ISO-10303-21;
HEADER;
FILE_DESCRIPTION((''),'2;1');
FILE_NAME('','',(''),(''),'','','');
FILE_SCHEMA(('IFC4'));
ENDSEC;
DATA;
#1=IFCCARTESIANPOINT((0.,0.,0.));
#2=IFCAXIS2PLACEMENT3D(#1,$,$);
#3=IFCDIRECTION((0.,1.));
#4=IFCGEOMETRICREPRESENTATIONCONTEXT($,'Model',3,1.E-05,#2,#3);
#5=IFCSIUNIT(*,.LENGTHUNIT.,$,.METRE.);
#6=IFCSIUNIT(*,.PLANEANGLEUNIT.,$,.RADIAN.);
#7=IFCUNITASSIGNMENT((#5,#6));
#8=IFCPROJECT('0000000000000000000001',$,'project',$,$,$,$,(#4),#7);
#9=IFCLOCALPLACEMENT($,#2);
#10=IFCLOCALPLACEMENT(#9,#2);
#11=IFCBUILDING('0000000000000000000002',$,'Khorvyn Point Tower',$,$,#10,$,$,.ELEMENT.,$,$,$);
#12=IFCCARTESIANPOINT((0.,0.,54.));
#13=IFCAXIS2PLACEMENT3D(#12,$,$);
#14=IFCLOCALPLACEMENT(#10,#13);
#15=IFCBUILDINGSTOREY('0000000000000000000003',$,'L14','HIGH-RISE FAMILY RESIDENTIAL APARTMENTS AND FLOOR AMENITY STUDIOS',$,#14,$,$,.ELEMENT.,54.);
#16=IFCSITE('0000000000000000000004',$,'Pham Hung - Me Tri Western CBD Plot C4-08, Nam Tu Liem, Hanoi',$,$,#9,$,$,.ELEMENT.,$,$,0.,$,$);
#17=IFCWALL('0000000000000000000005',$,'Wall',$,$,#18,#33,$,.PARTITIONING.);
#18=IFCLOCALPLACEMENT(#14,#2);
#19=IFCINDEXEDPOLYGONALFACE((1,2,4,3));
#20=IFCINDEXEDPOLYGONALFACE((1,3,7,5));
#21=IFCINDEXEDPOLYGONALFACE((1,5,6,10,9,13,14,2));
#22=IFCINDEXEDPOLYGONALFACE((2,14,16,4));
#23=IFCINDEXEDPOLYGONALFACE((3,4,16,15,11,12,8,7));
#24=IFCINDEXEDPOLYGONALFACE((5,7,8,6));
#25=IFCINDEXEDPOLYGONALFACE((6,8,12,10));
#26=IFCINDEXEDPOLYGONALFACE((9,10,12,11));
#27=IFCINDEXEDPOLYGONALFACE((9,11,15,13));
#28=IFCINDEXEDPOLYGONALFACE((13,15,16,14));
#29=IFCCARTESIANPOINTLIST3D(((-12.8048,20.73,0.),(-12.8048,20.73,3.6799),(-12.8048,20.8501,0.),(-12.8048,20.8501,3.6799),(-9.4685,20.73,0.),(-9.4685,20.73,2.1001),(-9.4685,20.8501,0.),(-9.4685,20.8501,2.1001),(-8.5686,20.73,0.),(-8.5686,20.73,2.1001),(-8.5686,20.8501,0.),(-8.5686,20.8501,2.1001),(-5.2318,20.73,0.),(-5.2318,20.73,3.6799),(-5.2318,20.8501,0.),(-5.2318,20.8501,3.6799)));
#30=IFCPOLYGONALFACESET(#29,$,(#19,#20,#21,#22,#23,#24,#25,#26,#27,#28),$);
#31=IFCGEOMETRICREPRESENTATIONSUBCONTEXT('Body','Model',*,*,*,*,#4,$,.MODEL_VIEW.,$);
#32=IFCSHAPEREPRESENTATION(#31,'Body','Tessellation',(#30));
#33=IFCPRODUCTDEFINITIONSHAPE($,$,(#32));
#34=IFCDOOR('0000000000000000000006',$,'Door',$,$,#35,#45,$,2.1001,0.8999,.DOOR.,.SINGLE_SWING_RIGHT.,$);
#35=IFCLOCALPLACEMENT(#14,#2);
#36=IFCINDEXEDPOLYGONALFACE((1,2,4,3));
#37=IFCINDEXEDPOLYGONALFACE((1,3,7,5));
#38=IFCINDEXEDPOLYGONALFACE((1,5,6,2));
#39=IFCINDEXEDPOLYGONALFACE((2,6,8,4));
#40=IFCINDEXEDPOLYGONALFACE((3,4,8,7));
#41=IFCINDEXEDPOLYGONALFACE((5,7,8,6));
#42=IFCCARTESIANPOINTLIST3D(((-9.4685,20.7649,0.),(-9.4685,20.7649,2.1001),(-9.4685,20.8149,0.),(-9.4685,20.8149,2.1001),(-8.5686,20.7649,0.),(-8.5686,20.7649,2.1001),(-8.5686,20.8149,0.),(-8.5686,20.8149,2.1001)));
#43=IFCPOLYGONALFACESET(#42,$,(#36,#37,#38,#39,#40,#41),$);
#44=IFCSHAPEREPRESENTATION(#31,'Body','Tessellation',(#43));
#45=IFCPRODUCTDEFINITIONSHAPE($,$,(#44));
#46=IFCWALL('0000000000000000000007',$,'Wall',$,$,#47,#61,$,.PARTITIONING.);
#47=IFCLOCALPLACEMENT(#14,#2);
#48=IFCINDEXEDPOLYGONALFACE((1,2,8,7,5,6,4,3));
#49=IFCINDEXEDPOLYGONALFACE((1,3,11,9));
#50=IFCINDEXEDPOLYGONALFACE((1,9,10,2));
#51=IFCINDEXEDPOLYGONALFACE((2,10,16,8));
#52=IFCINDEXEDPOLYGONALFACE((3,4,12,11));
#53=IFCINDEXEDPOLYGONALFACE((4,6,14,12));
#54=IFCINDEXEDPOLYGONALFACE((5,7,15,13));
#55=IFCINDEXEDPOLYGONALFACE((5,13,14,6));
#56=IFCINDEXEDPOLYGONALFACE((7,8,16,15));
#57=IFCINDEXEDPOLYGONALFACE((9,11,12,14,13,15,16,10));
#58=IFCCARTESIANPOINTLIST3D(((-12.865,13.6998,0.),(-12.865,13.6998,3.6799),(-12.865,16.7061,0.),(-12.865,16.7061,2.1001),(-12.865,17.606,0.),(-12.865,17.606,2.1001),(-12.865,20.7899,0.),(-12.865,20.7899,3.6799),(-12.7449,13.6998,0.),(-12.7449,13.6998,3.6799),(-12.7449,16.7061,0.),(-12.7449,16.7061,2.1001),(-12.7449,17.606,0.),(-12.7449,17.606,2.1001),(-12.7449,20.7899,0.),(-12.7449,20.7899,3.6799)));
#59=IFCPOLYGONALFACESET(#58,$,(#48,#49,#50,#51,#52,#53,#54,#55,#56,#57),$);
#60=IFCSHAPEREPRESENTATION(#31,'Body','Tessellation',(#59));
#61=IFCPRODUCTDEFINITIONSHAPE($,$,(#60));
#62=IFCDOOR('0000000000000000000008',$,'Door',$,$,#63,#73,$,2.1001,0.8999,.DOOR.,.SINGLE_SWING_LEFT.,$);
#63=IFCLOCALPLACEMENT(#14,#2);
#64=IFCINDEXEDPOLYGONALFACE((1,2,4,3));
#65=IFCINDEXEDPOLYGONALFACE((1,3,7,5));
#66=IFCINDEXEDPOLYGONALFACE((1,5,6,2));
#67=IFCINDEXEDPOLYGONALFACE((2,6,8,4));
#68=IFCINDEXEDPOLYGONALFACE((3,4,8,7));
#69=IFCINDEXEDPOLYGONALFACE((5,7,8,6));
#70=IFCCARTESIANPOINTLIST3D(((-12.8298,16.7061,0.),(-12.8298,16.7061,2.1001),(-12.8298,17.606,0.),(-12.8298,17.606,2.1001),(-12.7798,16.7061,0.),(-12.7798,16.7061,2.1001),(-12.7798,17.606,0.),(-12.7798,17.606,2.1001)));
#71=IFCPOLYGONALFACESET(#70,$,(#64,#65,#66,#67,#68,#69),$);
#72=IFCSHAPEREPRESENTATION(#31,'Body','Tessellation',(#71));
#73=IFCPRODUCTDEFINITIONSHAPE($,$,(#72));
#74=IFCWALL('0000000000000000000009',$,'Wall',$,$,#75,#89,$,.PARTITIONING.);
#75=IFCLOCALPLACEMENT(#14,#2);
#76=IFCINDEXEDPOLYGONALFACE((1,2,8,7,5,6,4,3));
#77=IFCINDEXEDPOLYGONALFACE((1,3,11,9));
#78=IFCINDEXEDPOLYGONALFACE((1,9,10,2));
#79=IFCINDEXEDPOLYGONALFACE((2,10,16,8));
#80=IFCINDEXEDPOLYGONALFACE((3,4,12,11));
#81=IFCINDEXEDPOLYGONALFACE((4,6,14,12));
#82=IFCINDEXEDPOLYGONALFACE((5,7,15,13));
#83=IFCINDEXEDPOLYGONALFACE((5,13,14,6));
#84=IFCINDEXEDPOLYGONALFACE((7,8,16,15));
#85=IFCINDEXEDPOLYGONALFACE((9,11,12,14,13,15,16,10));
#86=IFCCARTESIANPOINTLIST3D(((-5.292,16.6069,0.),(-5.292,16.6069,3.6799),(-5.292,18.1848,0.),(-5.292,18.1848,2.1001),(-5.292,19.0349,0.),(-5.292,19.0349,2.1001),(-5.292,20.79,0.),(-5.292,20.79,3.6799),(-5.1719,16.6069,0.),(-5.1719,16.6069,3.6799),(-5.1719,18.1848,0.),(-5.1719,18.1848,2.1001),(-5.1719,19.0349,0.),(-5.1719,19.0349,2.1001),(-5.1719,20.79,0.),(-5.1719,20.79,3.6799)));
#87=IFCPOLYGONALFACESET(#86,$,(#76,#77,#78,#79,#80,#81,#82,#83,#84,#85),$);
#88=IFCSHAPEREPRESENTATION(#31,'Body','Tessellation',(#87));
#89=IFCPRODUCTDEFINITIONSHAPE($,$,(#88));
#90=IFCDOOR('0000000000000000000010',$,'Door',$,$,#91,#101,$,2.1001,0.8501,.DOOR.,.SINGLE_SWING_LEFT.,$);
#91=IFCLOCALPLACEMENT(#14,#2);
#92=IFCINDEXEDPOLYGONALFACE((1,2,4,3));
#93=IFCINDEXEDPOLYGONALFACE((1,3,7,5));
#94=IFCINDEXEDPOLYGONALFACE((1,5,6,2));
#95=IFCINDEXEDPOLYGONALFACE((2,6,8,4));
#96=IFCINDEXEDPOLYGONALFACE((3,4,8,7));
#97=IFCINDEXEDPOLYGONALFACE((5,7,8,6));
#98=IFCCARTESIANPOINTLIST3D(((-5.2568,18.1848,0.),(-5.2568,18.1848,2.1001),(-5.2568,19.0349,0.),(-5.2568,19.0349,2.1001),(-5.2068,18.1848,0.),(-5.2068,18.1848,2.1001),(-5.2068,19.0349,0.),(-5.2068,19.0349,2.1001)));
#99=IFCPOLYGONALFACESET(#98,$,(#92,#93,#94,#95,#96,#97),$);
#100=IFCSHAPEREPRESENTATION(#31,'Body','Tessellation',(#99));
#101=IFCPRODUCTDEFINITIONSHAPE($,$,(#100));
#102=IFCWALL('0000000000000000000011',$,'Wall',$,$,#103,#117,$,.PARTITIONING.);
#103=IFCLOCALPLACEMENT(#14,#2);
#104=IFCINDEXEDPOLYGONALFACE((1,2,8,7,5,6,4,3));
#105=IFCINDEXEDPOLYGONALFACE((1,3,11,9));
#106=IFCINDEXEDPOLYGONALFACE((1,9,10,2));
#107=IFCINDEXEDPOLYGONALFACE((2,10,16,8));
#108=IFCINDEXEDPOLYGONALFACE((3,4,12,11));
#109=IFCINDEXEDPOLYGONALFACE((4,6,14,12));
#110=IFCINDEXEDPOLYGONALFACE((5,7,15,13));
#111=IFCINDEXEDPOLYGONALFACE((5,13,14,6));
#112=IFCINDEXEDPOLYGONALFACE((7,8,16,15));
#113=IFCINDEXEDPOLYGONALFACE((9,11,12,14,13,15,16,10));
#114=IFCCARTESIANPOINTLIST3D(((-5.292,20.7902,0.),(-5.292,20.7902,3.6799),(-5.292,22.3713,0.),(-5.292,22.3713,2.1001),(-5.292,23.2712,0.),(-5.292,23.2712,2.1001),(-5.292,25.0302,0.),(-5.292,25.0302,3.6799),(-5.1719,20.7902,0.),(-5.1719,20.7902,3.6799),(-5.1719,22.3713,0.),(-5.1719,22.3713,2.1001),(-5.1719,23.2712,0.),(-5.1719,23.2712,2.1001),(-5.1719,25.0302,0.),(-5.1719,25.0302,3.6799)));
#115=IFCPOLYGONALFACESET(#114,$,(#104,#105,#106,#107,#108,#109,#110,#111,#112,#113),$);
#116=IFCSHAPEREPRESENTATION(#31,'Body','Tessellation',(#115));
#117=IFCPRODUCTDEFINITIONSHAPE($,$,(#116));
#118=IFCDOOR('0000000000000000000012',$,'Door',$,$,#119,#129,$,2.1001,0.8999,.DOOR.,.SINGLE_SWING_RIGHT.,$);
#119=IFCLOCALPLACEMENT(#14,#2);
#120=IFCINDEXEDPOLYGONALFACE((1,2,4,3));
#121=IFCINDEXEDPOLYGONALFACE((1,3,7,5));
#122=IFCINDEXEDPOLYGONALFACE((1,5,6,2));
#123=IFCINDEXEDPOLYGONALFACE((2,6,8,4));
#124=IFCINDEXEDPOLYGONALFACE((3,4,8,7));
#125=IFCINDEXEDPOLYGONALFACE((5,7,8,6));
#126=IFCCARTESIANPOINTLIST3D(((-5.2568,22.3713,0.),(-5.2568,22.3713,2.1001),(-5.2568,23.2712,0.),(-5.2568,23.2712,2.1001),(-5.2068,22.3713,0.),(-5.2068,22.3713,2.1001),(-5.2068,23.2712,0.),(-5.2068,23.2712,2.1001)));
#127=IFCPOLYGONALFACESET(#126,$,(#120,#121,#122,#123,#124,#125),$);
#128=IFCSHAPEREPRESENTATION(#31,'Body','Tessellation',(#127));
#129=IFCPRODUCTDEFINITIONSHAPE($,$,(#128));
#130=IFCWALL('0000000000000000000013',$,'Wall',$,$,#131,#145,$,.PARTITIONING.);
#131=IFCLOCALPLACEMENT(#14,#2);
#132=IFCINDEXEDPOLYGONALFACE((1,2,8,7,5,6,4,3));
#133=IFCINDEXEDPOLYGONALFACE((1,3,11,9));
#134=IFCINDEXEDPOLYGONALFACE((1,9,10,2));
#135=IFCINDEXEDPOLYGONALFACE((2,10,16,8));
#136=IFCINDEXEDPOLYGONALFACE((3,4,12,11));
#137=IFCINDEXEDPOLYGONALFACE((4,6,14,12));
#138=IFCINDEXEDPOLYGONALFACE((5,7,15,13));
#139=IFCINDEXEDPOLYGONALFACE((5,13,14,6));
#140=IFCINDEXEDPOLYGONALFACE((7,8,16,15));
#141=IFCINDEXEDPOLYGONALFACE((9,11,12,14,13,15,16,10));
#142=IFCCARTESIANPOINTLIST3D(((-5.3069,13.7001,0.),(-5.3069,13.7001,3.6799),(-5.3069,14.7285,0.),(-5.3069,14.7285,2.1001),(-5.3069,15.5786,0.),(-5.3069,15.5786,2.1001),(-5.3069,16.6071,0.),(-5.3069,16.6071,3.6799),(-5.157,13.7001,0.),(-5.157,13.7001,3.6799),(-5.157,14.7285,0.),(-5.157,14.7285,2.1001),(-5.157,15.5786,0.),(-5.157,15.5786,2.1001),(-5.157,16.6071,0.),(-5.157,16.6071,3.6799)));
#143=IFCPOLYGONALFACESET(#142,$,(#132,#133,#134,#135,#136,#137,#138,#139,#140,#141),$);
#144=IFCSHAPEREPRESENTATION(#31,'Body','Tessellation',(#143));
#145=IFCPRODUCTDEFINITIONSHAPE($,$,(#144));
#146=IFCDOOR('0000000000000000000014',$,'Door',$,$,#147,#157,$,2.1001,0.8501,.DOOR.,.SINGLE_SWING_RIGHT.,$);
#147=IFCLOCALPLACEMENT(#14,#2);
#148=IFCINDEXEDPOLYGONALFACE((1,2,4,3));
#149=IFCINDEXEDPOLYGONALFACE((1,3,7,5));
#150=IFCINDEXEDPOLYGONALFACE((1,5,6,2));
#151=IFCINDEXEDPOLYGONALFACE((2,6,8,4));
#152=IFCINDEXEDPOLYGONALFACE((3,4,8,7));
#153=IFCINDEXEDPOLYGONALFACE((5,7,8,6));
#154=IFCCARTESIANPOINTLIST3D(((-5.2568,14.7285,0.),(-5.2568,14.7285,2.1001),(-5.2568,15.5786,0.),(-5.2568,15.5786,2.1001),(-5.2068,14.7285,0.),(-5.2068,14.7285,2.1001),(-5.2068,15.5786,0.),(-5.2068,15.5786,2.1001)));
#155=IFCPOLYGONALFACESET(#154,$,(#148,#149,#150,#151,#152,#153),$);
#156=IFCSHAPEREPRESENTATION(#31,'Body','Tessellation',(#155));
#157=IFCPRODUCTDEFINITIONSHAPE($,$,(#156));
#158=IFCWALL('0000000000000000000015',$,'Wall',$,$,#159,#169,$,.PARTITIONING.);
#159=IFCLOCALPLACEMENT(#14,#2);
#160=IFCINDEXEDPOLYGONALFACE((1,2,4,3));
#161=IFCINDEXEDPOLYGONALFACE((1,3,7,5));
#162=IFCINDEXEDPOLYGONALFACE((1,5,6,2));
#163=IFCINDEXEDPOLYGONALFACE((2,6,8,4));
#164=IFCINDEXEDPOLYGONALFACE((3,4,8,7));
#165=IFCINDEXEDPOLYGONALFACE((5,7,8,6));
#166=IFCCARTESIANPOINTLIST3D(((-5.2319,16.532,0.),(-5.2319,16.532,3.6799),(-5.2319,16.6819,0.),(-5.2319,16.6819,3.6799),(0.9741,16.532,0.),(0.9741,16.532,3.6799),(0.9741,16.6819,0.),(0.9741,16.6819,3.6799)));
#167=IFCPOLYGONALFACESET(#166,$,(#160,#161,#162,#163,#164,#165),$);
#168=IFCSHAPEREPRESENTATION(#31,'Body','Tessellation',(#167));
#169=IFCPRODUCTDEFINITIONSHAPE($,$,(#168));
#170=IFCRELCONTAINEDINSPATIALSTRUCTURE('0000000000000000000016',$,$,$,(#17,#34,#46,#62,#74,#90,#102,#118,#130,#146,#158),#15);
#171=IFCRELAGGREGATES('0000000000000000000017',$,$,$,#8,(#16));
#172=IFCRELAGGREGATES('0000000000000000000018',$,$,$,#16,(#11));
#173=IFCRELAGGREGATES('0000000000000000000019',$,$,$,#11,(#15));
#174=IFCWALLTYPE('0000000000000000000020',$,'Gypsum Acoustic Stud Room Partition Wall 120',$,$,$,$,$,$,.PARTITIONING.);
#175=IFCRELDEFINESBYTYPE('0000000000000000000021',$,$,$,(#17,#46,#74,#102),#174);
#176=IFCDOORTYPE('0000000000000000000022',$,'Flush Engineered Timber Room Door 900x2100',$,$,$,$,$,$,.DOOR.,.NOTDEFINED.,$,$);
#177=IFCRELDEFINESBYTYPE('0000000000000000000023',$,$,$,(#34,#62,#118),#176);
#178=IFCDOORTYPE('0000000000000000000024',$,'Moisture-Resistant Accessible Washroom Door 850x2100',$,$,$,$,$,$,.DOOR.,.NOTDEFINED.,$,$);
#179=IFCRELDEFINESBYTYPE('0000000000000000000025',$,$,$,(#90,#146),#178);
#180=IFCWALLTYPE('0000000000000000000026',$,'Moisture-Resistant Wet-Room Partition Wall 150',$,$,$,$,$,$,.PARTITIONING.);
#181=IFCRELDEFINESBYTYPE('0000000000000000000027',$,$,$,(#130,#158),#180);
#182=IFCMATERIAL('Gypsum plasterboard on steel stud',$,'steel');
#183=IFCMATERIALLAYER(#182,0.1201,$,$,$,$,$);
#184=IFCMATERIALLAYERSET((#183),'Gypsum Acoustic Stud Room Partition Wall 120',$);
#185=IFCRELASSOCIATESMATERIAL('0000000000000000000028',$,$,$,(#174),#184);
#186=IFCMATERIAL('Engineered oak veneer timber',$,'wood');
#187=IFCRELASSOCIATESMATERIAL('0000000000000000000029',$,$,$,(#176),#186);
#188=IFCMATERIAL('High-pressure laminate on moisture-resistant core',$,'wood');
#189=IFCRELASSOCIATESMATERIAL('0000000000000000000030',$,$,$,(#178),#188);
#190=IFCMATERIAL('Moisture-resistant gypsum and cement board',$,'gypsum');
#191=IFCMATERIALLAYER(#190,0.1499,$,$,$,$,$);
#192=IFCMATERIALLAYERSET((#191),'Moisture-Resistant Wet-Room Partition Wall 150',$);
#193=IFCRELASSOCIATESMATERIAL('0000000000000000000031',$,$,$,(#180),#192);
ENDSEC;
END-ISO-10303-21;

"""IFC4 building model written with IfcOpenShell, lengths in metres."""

from ifc_helpers import new_model, si_unit, direction, frame, frame_2d, origin, place, context, subcontext, project, spatial, rectangle, extrude, material, layer, layer_set, type_object, element, fill, save


model = new_model("IFC4")

# Units and contexts
model_context = context("Model", 3, precision=1e-05, world=origin(), true_north=direction((0.0, 1.0)))
body_context = subcontext(model_context, "Body", "Model", "MODEL_VIEW")
ifc_project = project(units=[si_unit("LENGTHUNIT", "METRE"), si_unit("PLANEANGLEUNIT", "RADIAN")], contexts=[model_context])

# Site, building, storey
site_placement = place(None, origin())
site = spatial("IfcSite", under=ifc_project, at=site_placement, Name="Pham Hung - Me Tri Western CBD Plot C4-08, Nam Tu Liem, Hanoi", CompositionType="ELEMENT", RefElevation=0.0)
building_placement = place(site_placement, origin())
building = spatial("IfcBuilding", under=site, at=building_placement, Name="Khorvyn Point Tower", CompositionType="ELEMENT")
storey_placement = place(building_placement, frame((0.0, 0.0, 54.0)))
storey = spatial("IfcBuildingStorey", under=building, at=storey_placement, Name="L14", Description="HIGH-RISE FAMILY RESIDENTIAL APARTMENTS AND FLOOR AMENITY STUDIOS", CompositionType="ELEMENT", Elevation=54.0)

# Walls, openings, doors
ifc_material_1 = material(Name="Gypsum plasterboard on steel stud", Category="steel")
ifc_layer_1 = layer(ifc_material_1, 0.1201)
ifc_layer_set_1 = layer_set([ifc_layer_1], Name="Gypsum Acoustic Stud Room Partition Wall 120")
wall_type_1 = type_object("IfcWallType", Name="Gypsum Acoustic Stud Room Partition Wall 120", PredefinedType="PARTITIONING", material=ifc_layer_set_1)
wall_1_placement = place(storey_placement, frame((-12.8049, 20.79, 0.0), z_axis=(0.0, 0.0, 1.0), x_axis=(1.0, 0.0, 0.0)))
wall_1 = element("IfcWall", 1, at=wall_1_placement, inside=storey, type_object=wall_type_1, Name="Wall", PredefinedType="PARTITIONING", context=body_context, shape_type="SweptSolid", body=[
    extrude(rectangle(XDim=7.573, YDim=0.1201, at=frame_2d((3.7866, 0.0))), origin(), (0.0, 0.0, 1.0), 3.6799),
])
opening_1_placement = place(wall_1_placement, frame((3.3364, 0.0, 0.0)))
opening_1 = element("IfcOpeningElement", 2, at=opening_1_placement, cuts=wall_1, PredefinedType="OPENING", context=body_context, shape_type="SweptSolid", body=[
    extrude(rectangle(XDim=0.8999, YDim=2.1001, at=frame_2d((0.45, 1.05))), frame((0.0, 0.0701, 0.0), z_axis=(0.0, -1.0, 0.0), x_axis=(1.0, 0.0, 0.0)), (0.0, 0.0, 1.0), 0.1401),
])
ifc_material_2 = material(Name="Engineered oak veneer timber", Category="wood")
door_type_1 = type_object("IfcDoorType", Name="Flush Engineered Timber Room Door 900x2100", OperationType="NOTDEFINED", PredefinedType="DOOR", material=ifc_material_2)
door_1_placement = place(opening_1_placement, origin())
door_1 = element("IfcDoor", 3, at=door_1_placement, inside=storey, type_object=door_type_1, Name="Door", OperationType="SINGLE_SWING_RIGHT", OverallHeight=2.1001, OverallWidth=0.8999, PredefinedType="DOOR", context=body_context, shape_type="SweptSolid", body=[
    extrude(rectangle(XDim=0.8999, YDim=2.1001, at=frame_2d((0.45, 1.05))), frame((0.0, 0.0249, 0.0), z_axis=(0.0, -1.0, 0.0), x_axis=(1.0, 0.0, 0.0)), (0.0, 0.0, 1.0), 0.05),
])
fill(opening_1, door_1)
wall_2_placement = place(storey_placement, frame((-12.8049, 13.7, 0.0), z_axis=(0.0, 0.0, 1.0), x_axis=(0.0, 1.0, 0.0)))
wall_2 = element("IfcWall", 4, at=wall_2_placement, inside=storey, type_object=wall_type_1, Name="Wall", PredefinedType="PARTITIONING", context=body_context, shape_type="SweptSolid", body=[
    extrude(rectangle(XDim=7.0901, YDim=0.1201, at=frame_2d((3.5449, 0.0))), origin(), (0.0, 0.0, 1.0), 3.6799),
])
opening_2_placement = place(wall_2_placement, frame((3.0061, 0.0, 0.0)))
opening_2 = element("IfcOpeningElement", 5, at=opening_2_placement, cuts=wall_2, PredefinedType="OPENING", context=body_context, shape_type="SweptSolid", body=[
    extrude(rectangle(XDim=0.8999, YDim=2.1001, at=frame_2d((0.45, 1.05))), frame((0.0, 0.0701, 0.0), z_axis=(0.0, -1.0, 0.0), x_axis=(1.0, 0.0, 0.0)), (0.0, 0.0, 1.0), 0.1401),
])
door_2_placement = place(opening_2_placement, origin())
door_2 = element("IfcDoor", 6, at=door_2_placement, inside=storey, type_object=door_type_1, Name="Door", OperationType="SINGLE_SWING_LEFT", OverallHeight=2.1001, OverallWidth=0.8999, PredefinedType="DOOR", context=body_context, shape_type="SweptSolid", body=[
    extrude(rectangle(XDim=0.8999, YDim=2.1001, at=frame_2d((0.45, 1.05))), frame((0.0, 0.0249, 0.0), z_axis=(0.0, -1.0, 0.0), x_axis=(1.0, 0.0, 0.0)), (0.0, 0.0, 1.0), 0.05),
])
fill(opening_2, door_2)
wall_3_placement = place(storey_placement, frame((-5.2319, 16.6069, 0.0), z_axis=(0.0, 0.0, 1.0), x_axis=(0.0, 1.0, 0.0)))
wall_3 = element("IfcWall", 7, at=wall_3_placement, inside=storey, type_object=wall_type_1, Name="Wall", PredefinedType="PARTITIONING", context=body_context, shape_type="SweptSolid", body=[
    extrude(rectangle(XDim=4.1831, YDim=0.1201, at=frame_2d((2.0916, 0.0))), origin(), (0.0, 0.0, 1.0), 3.6799),
])
opening_3_placement = place(wall_3_placement, frame((1.5779, 0.0, 0.0)))
opening_3 = element("IfcOpeningElement", 8, at=opening_3_placement, cuts=wall_3, PredefinedType="OPENING", context=body_context, shape_type="SweptSolid", body=[
    extrude(rectangle(XDim=0.8501, YDim=2.1001, at=frame_2d((0.425, 1.05))), frame((0.0, 0.0701, 0.0), z_axis=(0.0, -1.0, 0.0), x_axis=(1.0, 0.0, 0.0)), (0.0, 0.0, 1.0), 0.1401),
])
ifc_material_3 = material(Name="High-pressure laminate on moisture-resistant core", Category="wood")
door_type_2 = type_object("IfcDoorType", Name="Moisture-Resistant Accessible Washroom Door 850x2100", OperationType="NOTDEFINED", PredefinedType="DOOR", material=ifc_material_3)
door_3_placement = place(opening_3_placement, origin())
door_3 = element("IfcDoor", 9, at=door_3_placement, inside=storey, type_object=door_type_2, Name="Door", OperationType="SINGLE_SWING_LEFT", OverallHeight=2.1001, OverallWidth=0.8501, PredefinedType="DOOR", context=body_context, shape_type="SweptSolid", body=[
    extrude(rectangle(XDim=0.8501, YDim=2.1001, at=frame_2d((0.425, 1.05))), frame((0.0, 0.0249, 0.0), z_axis=(0.0, -1.0, 0.0), x_axis=(1.0, 0.0, 0.0)), (0.0, 0.0, 1.0), 0.05),
])
fill(opening_3, door_3)
wall_4_placement = place(storey_placement, frame((-5.2319, 20.79, 0.0), z_axis=(0.0, 0.0, 1.0), x_axis=(0.0, 1.0, 0.0)))
wall_4 = element("IfcWall", 10, at=wall_4_placement, inside=storey, type_object=wall_type_1, Name="Wall", PredefinedType="PARTITIONING", context=body_context, shape_type="SweptSolid", body=[
    extrude(rectangle(XDim=4.24, YDim=0.1201, at=frame_2d((2.1201, 0.0))), origin(), (0.0, 0.0, 1.0), 3.6799),
])
opening_4_placement = place(wall_4_placement, frame((1.5813, 0.0, 0.0)))
opening_4 = element("IfcOpeningElement", 11, at=opening_4_placement, cuts=wall_4, PredefinedType="OPENING", context=body_context, shape_type="SweptSolid", body=[
    extrude(rectangle(XDim=0.8999, YDim=2.1001, at=frame_2d((0.45, 1.05))), frame((0.0, 0.0701, 0.0), z_axis=(0.0, -1.0, 0.0), x_axis=(1.0, 0.0, 0.0)), (0.0, 0.0, 1.0), 0.1401),
])
door_4_placement = place(opening_4_placement, origin())
door_4 = element("IfcDoor", 12, at=door_4_placement, inside=storey, type_object=door_type_1, Name="Door", OperationType="SINGLE_SWING_RIGHT", OverallHeight=2.1001, OverallWidth=0.8999, PredefinedType="DOOR", context=body_context, shape_type="SweptSolid", body=[
    extrude(rectangle(XDim=0.8999, YDim=2.1001, at=frame_2d((0.45, 1.05))), frame((0.0, 0.0249, 0.0), z_axis=(0.0, -1.0, 0.0), x_axis=(1.0, 0.0, 0.0)), (0.0, 0.0, 1.0), 0.05),
])
fill(opening_4, door_4)
ifc_material_4 = material(Name="Moisture-resistant gypsum and cement board", Category="gypsum")
ifc_layer_2 = layer(ifc_material_4, 0.1499)
ifc_layer_set_2 = layer_set([ifc_layer_2], Name="Moisture-Resistant Wet-Room Partition Wall 150")
wall_type_2 = type_object("IfcWallType", Name="Moisture-Resistant Wet-Room Partition Wall 150", PredefinedType="PARTITIONING", material=ifc_layer_set_2)
wall_5_placement = place(storey_placement, frame((-5.2319, 13.7, 0.0), z_axis=(0.0, 0.0, 1.0), x_axis=(0.0, 1.0, 0.0)))
wall_5 = element("IfcWall", 13, at=wall_5_placement, inside=storey, type_object=wall_type_2, Name="Wall", PredefinedType="PARTITIONING", context=body_context, shape_type="SweptSolid", body=[
    extrude(rectangle(XDim=2.907, YDim=0.1499, at=frame_2d((1.4536, 0.0))), origin(), (0.0, 0.0, 1.0), 3.6799),
])
opening_5_placement = place(wall_5_placement, frame((1.0286, 0.0, 0.0)))
opening_5 = element("IfcOpeningElement", 14, at=opening_5_placement, cuts=wall_5, PredefinedType="OPENING", context=body_context, shape_type="SweptSolid", body=[
    extrude(rectangle(XDim=0.8501, YDim=2.1001, at=frame_2d((0.425, 1.05))), frame((0.0, 0.085, 0.0), z_axis=(0.0, -1.0, 0.0), x_axis=(1.0, 0.0, 0.0)), (0.0, 0.0, 1.0), 0.1699),
])
door_5_placement = place(opening_5_placement, origin())
door_5 = element("IfcDoor", 15, at=door_5_placement, inside=storey, type_object=door_type_2, Name="Door", OperationType="SINGLE_SWING_RIGHT", OverallHeight=2.1001, OverallWidth=0.8501, PredefinedType="DOOR", context=body_context, shape_type="SweptSolid", body=[
    extrude(rectangle(XDim=0.8501, YDim=2.1001, at=frame_2d((0.425, 1.05))), frame((0.0, 0.0249, 0.0), z_axis=(0.0, -1.0, 0.0), x_axis=(1.0, 0.0, 0.0)), (0.0, 0.0, 1.0), 0.05),
])
fill(opening_5, door_5)

# Wall
for number, where, z_axis, x_axis, name in (
    (16, (-5.2319, 16.6069, 0.0), (0.0, 0.0, 1.0), (1.0, 0.0, 0.0), "Wall"),
):
    element("IfcWall", number, at=place(storey_placement, frame(where, z_axis=z_axis, x_axis=x_axis)), inside=storey, type_object=wall_type_2, Name=name, PredefinedType="PARTITIONING", context=body_context, shape_type="SweptSolid", body=[
        extrude(rectangle(XDim=6.2061, YDim=0.1499, at=frame_2d((3.103, 0.0))), origin(), (0.0, 0.0, 1.0), 3.6799),
    ])

save(model, "model.ifc")
